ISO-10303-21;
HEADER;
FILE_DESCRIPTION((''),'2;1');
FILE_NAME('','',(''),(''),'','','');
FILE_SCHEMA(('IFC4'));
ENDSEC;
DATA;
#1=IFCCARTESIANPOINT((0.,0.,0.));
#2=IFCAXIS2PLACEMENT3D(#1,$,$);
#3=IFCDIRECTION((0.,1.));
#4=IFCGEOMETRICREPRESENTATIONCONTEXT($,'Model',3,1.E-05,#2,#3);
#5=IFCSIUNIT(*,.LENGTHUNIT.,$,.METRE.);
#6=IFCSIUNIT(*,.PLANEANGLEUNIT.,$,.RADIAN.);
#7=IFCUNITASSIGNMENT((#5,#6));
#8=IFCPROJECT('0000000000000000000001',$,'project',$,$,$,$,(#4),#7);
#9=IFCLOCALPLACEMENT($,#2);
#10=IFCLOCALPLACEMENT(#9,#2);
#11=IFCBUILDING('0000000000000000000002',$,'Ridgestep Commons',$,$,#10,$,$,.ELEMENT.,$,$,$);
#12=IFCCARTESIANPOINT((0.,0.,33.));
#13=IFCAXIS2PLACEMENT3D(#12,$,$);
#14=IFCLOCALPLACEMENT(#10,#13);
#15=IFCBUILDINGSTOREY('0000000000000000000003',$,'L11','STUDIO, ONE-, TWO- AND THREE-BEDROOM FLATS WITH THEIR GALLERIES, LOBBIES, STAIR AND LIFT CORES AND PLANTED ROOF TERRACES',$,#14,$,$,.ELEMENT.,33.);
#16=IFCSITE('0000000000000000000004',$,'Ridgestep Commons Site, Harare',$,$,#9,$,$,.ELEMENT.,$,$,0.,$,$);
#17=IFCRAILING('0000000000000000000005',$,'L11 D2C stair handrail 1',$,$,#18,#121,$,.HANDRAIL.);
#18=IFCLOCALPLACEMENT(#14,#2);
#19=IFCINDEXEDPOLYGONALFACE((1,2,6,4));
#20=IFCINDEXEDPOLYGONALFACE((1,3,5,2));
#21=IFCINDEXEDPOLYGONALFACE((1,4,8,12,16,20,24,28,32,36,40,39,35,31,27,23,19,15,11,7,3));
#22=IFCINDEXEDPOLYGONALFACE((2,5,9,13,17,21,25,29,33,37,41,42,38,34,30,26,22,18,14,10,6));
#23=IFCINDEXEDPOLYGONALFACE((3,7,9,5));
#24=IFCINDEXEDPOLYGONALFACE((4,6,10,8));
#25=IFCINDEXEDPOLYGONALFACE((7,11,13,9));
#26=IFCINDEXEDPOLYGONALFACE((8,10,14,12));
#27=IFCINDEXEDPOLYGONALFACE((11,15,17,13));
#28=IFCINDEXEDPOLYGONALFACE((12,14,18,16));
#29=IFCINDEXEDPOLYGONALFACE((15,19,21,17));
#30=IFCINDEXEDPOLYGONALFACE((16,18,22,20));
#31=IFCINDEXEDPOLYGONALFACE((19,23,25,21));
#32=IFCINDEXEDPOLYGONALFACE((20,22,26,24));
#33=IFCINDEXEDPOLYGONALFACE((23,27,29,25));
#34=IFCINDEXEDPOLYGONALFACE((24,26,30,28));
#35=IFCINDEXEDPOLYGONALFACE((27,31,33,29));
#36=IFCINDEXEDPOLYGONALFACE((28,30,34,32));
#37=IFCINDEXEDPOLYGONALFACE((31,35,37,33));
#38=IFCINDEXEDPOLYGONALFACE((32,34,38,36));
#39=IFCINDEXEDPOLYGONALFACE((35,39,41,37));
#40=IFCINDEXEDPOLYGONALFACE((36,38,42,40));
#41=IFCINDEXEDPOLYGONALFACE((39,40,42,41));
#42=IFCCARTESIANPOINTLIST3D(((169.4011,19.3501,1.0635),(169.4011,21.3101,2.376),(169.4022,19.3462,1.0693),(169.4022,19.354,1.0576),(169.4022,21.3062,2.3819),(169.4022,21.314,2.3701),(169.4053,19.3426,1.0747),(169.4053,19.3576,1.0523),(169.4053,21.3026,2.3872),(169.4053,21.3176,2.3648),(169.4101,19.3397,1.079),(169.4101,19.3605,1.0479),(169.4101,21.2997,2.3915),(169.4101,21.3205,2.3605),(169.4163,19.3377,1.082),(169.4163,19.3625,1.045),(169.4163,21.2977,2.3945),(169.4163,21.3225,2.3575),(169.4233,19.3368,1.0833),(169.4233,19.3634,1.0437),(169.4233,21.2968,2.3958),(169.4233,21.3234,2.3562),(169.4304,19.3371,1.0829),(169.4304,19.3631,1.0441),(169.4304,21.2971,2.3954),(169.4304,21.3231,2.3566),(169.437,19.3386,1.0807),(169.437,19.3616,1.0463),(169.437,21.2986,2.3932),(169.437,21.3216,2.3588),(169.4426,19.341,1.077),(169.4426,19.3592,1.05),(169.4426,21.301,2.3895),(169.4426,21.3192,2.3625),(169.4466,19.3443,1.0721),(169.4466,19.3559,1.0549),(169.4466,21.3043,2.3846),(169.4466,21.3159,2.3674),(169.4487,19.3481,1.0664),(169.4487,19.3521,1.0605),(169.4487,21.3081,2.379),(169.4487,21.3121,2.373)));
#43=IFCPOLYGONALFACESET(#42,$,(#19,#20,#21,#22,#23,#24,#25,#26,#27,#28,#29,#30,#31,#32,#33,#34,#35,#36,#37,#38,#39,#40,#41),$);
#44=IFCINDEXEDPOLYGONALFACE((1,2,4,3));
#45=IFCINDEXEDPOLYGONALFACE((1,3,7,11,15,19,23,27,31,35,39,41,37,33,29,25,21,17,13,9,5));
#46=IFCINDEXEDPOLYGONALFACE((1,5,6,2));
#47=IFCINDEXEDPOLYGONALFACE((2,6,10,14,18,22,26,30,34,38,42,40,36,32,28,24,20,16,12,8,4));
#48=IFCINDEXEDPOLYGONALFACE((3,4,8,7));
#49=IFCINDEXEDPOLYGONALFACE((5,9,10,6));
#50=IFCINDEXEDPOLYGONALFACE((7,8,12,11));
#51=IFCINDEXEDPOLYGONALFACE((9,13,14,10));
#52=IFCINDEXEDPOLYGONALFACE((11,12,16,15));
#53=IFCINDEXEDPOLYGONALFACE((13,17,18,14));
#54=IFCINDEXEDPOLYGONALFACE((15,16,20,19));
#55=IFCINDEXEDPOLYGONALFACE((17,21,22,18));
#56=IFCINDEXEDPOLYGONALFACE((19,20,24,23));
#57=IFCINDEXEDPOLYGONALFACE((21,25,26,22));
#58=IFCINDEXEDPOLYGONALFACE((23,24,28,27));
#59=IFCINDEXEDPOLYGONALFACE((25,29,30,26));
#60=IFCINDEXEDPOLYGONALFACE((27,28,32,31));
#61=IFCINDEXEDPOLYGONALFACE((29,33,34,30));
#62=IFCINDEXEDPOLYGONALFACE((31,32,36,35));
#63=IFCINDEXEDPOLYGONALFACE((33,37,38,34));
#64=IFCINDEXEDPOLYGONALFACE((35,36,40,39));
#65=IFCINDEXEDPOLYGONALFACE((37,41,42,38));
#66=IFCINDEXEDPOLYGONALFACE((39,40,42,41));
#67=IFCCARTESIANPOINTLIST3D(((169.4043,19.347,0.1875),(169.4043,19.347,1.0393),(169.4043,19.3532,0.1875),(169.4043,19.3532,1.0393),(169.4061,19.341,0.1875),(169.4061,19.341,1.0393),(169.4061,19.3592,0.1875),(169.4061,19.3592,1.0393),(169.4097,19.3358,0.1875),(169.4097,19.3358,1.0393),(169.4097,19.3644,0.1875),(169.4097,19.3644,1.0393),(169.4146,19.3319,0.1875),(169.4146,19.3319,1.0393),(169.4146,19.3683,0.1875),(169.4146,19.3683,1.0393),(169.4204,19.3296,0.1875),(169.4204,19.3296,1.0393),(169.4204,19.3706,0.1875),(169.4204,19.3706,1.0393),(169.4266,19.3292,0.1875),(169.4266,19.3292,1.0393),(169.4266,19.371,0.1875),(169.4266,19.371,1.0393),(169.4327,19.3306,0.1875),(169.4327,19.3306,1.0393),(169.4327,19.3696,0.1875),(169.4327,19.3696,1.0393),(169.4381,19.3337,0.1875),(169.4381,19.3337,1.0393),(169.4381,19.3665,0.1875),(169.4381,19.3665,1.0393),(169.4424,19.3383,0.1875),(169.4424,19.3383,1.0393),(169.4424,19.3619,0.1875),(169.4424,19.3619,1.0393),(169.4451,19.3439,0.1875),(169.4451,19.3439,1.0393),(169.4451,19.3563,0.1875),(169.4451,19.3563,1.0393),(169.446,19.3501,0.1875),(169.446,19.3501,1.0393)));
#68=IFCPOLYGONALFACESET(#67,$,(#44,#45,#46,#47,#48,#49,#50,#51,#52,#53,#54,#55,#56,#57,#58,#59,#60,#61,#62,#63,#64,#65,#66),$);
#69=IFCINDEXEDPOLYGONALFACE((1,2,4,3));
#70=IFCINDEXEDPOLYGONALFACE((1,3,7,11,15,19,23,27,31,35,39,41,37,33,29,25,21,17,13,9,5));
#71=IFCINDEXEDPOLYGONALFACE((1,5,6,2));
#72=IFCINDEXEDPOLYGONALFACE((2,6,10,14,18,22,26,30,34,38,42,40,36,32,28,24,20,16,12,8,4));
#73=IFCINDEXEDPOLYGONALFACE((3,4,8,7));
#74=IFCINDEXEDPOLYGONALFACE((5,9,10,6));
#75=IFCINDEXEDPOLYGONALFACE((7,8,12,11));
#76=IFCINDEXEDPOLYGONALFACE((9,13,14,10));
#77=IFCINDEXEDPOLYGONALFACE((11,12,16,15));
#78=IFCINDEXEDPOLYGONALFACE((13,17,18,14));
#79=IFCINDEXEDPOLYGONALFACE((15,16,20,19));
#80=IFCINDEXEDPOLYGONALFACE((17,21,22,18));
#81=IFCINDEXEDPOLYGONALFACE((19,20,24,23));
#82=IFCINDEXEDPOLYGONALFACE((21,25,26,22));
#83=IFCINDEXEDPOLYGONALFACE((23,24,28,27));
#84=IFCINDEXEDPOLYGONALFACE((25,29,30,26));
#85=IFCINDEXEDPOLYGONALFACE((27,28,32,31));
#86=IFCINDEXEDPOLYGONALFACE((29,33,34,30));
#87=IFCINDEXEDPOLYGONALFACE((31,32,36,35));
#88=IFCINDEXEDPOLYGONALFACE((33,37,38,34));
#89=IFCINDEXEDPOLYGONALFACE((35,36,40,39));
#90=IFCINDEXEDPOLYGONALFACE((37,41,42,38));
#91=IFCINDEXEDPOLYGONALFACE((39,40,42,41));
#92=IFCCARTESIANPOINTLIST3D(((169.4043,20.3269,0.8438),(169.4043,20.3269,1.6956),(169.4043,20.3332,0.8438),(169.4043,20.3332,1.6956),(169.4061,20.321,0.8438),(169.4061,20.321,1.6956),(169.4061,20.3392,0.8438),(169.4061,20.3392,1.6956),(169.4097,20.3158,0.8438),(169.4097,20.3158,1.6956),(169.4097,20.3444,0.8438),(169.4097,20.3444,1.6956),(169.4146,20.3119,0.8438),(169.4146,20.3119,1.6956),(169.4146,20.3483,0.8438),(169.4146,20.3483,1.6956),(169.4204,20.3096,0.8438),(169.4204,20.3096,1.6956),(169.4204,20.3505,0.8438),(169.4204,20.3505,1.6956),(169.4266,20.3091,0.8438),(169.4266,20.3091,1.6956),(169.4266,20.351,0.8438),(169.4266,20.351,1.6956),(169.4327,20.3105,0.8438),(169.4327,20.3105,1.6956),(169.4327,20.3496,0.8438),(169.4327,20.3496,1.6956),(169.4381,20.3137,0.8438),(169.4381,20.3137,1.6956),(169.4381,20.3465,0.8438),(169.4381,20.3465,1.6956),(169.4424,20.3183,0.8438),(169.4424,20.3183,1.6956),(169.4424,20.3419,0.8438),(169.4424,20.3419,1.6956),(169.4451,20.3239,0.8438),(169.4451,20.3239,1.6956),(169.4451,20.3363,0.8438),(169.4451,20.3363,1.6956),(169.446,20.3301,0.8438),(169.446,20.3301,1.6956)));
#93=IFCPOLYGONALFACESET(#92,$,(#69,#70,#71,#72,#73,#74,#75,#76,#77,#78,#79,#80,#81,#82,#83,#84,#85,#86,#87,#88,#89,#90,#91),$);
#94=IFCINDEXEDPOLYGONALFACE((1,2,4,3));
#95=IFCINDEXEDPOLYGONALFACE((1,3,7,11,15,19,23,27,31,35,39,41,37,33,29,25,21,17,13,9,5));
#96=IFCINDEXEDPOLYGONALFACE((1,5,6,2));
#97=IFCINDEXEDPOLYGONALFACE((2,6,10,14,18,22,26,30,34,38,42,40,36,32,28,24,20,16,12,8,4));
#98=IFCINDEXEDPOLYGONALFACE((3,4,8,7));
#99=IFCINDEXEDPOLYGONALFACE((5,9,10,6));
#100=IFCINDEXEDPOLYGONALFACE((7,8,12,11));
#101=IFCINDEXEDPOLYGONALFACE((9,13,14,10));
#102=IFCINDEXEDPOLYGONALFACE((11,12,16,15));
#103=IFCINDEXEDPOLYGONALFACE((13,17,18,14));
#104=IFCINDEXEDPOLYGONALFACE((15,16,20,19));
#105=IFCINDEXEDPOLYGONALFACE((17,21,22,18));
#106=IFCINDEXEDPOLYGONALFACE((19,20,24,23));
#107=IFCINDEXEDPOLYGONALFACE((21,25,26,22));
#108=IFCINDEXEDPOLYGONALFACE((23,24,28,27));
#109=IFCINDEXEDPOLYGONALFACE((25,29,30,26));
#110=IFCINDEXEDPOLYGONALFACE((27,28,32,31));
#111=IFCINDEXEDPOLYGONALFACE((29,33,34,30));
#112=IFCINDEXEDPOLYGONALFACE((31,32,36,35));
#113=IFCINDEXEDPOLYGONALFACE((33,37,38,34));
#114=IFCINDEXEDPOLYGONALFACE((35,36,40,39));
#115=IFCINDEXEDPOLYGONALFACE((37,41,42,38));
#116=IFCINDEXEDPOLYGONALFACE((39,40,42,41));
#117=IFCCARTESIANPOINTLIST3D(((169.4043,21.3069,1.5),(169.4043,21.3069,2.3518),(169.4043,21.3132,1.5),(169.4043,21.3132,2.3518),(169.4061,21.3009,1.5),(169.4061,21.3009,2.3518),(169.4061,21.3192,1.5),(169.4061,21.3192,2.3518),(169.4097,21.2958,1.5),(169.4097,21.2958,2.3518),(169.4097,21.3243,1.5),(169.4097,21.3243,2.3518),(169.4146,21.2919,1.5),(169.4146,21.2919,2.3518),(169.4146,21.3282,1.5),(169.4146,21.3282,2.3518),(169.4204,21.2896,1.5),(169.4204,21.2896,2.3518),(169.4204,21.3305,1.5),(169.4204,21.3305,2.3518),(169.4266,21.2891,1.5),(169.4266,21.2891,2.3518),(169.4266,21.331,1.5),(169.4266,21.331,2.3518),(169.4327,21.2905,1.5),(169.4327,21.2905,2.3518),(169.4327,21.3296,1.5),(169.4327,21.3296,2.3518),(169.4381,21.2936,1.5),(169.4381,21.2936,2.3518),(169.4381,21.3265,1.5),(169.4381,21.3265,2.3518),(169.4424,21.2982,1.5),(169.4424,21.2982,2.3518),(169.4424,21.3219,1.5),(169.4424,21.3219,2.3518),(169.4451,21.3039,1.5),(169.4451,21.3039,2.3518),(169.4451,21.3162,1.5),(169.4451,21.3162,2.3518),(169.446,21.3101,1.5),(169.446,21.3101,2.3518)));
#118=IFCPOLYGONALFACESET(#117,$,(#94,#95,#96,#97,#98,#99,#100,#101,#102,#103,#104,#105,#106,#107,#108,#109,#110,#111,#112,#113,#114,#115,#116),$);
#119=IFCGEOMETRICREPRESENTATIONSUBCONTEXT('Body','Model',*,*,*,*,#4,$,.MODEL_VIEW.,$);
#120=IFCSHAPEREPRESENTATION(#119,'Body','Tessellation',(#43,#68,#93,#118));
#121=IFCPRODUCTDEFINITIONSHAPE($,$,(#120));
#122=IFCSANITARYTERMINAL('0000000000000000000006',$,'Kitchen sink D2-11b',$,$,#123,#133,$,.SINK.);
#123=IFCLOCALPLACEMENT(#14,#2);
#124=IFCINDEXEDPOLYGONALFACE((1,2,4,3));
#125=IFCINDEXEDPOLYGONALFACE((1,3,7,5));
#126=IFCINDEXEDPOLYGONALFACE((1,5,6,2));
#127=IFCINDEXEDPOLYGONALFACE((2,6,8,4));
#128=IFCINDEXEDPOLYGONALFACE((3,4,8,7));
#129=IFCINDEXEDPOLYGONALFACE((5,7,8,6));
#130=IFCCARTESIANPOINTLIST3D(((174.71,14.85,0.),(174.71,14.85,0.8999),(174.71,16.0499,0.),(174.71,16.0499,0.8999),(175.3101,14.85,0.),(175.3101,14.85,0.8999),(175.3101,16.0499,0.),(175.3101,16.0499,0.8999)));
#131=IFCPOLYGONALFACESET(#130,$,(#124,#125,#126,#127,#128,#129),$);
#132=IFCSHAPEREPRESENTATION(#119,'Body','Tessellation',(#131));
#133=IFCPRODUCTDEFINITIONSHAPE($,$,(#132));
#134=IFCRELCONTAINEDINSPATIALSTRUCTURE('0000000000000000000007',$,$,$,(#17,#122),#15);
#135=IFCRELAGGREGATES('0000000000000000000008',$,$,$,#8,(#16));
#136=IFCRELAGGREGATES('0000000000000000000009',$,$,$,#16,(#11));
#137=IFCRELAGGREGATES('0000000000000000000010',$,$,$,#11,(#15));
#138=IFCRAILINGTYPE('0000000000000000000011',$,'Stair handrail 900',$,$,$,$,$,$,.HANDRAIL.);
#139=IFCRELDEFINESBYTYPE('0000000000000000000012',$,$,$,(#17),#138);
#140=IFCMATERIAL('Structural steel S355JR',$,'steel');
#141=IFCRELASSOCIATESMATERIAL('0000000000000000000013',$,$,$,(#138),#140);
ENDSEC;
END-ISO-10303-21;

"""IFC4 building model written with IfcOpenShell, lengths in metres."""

from ifc_helpers import new_model, si_unit, direction, frame, origin, origin_2d, place, context, subcontext, project, spatial, rectangle, circle, extrude, material, type_object, element, save


model = new_model("IFC4")

# Units and contexts
model_context = context("Model", 3, precision=1e-05, world=origin(), true_north=direction((0.0, 1.0)))
body_context = subcontext(model_context, "Body", "Model", "MODEL_VIEW")
ifc_project = project(units=[si_unit("LENGTHUNIT", "METRE"), si_unit("PLANEANGLEUNIT", "RADIAN")], contexts=[model_context])

# Site, building, storey
site_placement = place(None, origin())
site = spatial("IfcSite", under=ifc_project, at=site_placement, Name="Ridgestep Commons Site, Harare", CompositionType="ELEMENT", RefElevation=0.0)
building_placement = place(site_placement, origin())
building = spatial("IfcBuilding", under=site, at=building_placement, Name="Ridgestep Commons", CompositionType="ELEMENT")
storey_placement = place(building_placement, frame((0.0, 0.0, 33.0)))
storey = spatial("IfcBuildingStorey", under=building, at=storey_placement, Name="L11", Description="STUDIO, ONE-, TWO- AND THREE-BEDROOM FLATS WITH THEIR GALLERIES, LOBBIES, STAIR AND LIFT CORES AND PLANTED ROOF TERRACES", CompositionType="ELEMENT", Elevation=33.0)

# Railing
ifc_material_1 = material(Name="Structural steel S355JR", Category="steel")
railing_type_1 = type_object("IfcRailingType", Name="Stair handrail 900", PredefinedType="HANDRAIL", material=ifc_material_1)
railing_1_placement = place(storey_placement, frame((169.425, 19.3501, 0.1875)))
element("IfcRailing", 1, at=railing_1_placement, inside=storey, type_object=railing_type_1, Name="L11 D2C stair handrail 1", PredefinedType="HANDRAIL", context=body_context, shape_type="SweptSolid", body=[
    extrude(circle(Radius=0.0239, at=origin_2d()), frame((0.0, 0.0, 0.876), z_axis=(0.0, 0.830902, 0.556419), x_axis=(-1.0, 0.0, 0.0)), (0.0, 0.0, 1.0), 2.3589),
    extrude(circle(Radius=0.021, at=origin_2d()), origin(), (0.0, 0.0, 1.0), 0.8518),
    extrude(circle(Radius=0.021, at=origin_2d()), frame((0.0, 0.98, 0.6562)), (0.0, 0.0, 1.0), 0.8518),
    extrude(circle(Radius=0.021, at=origin_2d()), frame((0.0, 1.96, 1.3125)), (0.0, 0.0, 1.0), 0.8518),
])

# Sanitary terminal
sanitary_terminal_placement = place(storey_placement, frame((175.01, 15.45, 0.0), z_axis=(0.0, 0.0, 1.0), x_axis=(1.0, 0.0, 0.0)))
element("IfcSanitaryTerminal", 2, at=sanitary_terminal_placement, inside=storey, Name="Kitchen sink D2-11b", PredefinedType="SINK", context=body_context, shape_type="SweptSolid", body=[
    extrude(rectangle(XDim=0.6001, YDim=1.2, at=origin_2d()), origin(), (0.0, 0.0, 1.0), 0.8999),
])

save(model, "model.ifc")
